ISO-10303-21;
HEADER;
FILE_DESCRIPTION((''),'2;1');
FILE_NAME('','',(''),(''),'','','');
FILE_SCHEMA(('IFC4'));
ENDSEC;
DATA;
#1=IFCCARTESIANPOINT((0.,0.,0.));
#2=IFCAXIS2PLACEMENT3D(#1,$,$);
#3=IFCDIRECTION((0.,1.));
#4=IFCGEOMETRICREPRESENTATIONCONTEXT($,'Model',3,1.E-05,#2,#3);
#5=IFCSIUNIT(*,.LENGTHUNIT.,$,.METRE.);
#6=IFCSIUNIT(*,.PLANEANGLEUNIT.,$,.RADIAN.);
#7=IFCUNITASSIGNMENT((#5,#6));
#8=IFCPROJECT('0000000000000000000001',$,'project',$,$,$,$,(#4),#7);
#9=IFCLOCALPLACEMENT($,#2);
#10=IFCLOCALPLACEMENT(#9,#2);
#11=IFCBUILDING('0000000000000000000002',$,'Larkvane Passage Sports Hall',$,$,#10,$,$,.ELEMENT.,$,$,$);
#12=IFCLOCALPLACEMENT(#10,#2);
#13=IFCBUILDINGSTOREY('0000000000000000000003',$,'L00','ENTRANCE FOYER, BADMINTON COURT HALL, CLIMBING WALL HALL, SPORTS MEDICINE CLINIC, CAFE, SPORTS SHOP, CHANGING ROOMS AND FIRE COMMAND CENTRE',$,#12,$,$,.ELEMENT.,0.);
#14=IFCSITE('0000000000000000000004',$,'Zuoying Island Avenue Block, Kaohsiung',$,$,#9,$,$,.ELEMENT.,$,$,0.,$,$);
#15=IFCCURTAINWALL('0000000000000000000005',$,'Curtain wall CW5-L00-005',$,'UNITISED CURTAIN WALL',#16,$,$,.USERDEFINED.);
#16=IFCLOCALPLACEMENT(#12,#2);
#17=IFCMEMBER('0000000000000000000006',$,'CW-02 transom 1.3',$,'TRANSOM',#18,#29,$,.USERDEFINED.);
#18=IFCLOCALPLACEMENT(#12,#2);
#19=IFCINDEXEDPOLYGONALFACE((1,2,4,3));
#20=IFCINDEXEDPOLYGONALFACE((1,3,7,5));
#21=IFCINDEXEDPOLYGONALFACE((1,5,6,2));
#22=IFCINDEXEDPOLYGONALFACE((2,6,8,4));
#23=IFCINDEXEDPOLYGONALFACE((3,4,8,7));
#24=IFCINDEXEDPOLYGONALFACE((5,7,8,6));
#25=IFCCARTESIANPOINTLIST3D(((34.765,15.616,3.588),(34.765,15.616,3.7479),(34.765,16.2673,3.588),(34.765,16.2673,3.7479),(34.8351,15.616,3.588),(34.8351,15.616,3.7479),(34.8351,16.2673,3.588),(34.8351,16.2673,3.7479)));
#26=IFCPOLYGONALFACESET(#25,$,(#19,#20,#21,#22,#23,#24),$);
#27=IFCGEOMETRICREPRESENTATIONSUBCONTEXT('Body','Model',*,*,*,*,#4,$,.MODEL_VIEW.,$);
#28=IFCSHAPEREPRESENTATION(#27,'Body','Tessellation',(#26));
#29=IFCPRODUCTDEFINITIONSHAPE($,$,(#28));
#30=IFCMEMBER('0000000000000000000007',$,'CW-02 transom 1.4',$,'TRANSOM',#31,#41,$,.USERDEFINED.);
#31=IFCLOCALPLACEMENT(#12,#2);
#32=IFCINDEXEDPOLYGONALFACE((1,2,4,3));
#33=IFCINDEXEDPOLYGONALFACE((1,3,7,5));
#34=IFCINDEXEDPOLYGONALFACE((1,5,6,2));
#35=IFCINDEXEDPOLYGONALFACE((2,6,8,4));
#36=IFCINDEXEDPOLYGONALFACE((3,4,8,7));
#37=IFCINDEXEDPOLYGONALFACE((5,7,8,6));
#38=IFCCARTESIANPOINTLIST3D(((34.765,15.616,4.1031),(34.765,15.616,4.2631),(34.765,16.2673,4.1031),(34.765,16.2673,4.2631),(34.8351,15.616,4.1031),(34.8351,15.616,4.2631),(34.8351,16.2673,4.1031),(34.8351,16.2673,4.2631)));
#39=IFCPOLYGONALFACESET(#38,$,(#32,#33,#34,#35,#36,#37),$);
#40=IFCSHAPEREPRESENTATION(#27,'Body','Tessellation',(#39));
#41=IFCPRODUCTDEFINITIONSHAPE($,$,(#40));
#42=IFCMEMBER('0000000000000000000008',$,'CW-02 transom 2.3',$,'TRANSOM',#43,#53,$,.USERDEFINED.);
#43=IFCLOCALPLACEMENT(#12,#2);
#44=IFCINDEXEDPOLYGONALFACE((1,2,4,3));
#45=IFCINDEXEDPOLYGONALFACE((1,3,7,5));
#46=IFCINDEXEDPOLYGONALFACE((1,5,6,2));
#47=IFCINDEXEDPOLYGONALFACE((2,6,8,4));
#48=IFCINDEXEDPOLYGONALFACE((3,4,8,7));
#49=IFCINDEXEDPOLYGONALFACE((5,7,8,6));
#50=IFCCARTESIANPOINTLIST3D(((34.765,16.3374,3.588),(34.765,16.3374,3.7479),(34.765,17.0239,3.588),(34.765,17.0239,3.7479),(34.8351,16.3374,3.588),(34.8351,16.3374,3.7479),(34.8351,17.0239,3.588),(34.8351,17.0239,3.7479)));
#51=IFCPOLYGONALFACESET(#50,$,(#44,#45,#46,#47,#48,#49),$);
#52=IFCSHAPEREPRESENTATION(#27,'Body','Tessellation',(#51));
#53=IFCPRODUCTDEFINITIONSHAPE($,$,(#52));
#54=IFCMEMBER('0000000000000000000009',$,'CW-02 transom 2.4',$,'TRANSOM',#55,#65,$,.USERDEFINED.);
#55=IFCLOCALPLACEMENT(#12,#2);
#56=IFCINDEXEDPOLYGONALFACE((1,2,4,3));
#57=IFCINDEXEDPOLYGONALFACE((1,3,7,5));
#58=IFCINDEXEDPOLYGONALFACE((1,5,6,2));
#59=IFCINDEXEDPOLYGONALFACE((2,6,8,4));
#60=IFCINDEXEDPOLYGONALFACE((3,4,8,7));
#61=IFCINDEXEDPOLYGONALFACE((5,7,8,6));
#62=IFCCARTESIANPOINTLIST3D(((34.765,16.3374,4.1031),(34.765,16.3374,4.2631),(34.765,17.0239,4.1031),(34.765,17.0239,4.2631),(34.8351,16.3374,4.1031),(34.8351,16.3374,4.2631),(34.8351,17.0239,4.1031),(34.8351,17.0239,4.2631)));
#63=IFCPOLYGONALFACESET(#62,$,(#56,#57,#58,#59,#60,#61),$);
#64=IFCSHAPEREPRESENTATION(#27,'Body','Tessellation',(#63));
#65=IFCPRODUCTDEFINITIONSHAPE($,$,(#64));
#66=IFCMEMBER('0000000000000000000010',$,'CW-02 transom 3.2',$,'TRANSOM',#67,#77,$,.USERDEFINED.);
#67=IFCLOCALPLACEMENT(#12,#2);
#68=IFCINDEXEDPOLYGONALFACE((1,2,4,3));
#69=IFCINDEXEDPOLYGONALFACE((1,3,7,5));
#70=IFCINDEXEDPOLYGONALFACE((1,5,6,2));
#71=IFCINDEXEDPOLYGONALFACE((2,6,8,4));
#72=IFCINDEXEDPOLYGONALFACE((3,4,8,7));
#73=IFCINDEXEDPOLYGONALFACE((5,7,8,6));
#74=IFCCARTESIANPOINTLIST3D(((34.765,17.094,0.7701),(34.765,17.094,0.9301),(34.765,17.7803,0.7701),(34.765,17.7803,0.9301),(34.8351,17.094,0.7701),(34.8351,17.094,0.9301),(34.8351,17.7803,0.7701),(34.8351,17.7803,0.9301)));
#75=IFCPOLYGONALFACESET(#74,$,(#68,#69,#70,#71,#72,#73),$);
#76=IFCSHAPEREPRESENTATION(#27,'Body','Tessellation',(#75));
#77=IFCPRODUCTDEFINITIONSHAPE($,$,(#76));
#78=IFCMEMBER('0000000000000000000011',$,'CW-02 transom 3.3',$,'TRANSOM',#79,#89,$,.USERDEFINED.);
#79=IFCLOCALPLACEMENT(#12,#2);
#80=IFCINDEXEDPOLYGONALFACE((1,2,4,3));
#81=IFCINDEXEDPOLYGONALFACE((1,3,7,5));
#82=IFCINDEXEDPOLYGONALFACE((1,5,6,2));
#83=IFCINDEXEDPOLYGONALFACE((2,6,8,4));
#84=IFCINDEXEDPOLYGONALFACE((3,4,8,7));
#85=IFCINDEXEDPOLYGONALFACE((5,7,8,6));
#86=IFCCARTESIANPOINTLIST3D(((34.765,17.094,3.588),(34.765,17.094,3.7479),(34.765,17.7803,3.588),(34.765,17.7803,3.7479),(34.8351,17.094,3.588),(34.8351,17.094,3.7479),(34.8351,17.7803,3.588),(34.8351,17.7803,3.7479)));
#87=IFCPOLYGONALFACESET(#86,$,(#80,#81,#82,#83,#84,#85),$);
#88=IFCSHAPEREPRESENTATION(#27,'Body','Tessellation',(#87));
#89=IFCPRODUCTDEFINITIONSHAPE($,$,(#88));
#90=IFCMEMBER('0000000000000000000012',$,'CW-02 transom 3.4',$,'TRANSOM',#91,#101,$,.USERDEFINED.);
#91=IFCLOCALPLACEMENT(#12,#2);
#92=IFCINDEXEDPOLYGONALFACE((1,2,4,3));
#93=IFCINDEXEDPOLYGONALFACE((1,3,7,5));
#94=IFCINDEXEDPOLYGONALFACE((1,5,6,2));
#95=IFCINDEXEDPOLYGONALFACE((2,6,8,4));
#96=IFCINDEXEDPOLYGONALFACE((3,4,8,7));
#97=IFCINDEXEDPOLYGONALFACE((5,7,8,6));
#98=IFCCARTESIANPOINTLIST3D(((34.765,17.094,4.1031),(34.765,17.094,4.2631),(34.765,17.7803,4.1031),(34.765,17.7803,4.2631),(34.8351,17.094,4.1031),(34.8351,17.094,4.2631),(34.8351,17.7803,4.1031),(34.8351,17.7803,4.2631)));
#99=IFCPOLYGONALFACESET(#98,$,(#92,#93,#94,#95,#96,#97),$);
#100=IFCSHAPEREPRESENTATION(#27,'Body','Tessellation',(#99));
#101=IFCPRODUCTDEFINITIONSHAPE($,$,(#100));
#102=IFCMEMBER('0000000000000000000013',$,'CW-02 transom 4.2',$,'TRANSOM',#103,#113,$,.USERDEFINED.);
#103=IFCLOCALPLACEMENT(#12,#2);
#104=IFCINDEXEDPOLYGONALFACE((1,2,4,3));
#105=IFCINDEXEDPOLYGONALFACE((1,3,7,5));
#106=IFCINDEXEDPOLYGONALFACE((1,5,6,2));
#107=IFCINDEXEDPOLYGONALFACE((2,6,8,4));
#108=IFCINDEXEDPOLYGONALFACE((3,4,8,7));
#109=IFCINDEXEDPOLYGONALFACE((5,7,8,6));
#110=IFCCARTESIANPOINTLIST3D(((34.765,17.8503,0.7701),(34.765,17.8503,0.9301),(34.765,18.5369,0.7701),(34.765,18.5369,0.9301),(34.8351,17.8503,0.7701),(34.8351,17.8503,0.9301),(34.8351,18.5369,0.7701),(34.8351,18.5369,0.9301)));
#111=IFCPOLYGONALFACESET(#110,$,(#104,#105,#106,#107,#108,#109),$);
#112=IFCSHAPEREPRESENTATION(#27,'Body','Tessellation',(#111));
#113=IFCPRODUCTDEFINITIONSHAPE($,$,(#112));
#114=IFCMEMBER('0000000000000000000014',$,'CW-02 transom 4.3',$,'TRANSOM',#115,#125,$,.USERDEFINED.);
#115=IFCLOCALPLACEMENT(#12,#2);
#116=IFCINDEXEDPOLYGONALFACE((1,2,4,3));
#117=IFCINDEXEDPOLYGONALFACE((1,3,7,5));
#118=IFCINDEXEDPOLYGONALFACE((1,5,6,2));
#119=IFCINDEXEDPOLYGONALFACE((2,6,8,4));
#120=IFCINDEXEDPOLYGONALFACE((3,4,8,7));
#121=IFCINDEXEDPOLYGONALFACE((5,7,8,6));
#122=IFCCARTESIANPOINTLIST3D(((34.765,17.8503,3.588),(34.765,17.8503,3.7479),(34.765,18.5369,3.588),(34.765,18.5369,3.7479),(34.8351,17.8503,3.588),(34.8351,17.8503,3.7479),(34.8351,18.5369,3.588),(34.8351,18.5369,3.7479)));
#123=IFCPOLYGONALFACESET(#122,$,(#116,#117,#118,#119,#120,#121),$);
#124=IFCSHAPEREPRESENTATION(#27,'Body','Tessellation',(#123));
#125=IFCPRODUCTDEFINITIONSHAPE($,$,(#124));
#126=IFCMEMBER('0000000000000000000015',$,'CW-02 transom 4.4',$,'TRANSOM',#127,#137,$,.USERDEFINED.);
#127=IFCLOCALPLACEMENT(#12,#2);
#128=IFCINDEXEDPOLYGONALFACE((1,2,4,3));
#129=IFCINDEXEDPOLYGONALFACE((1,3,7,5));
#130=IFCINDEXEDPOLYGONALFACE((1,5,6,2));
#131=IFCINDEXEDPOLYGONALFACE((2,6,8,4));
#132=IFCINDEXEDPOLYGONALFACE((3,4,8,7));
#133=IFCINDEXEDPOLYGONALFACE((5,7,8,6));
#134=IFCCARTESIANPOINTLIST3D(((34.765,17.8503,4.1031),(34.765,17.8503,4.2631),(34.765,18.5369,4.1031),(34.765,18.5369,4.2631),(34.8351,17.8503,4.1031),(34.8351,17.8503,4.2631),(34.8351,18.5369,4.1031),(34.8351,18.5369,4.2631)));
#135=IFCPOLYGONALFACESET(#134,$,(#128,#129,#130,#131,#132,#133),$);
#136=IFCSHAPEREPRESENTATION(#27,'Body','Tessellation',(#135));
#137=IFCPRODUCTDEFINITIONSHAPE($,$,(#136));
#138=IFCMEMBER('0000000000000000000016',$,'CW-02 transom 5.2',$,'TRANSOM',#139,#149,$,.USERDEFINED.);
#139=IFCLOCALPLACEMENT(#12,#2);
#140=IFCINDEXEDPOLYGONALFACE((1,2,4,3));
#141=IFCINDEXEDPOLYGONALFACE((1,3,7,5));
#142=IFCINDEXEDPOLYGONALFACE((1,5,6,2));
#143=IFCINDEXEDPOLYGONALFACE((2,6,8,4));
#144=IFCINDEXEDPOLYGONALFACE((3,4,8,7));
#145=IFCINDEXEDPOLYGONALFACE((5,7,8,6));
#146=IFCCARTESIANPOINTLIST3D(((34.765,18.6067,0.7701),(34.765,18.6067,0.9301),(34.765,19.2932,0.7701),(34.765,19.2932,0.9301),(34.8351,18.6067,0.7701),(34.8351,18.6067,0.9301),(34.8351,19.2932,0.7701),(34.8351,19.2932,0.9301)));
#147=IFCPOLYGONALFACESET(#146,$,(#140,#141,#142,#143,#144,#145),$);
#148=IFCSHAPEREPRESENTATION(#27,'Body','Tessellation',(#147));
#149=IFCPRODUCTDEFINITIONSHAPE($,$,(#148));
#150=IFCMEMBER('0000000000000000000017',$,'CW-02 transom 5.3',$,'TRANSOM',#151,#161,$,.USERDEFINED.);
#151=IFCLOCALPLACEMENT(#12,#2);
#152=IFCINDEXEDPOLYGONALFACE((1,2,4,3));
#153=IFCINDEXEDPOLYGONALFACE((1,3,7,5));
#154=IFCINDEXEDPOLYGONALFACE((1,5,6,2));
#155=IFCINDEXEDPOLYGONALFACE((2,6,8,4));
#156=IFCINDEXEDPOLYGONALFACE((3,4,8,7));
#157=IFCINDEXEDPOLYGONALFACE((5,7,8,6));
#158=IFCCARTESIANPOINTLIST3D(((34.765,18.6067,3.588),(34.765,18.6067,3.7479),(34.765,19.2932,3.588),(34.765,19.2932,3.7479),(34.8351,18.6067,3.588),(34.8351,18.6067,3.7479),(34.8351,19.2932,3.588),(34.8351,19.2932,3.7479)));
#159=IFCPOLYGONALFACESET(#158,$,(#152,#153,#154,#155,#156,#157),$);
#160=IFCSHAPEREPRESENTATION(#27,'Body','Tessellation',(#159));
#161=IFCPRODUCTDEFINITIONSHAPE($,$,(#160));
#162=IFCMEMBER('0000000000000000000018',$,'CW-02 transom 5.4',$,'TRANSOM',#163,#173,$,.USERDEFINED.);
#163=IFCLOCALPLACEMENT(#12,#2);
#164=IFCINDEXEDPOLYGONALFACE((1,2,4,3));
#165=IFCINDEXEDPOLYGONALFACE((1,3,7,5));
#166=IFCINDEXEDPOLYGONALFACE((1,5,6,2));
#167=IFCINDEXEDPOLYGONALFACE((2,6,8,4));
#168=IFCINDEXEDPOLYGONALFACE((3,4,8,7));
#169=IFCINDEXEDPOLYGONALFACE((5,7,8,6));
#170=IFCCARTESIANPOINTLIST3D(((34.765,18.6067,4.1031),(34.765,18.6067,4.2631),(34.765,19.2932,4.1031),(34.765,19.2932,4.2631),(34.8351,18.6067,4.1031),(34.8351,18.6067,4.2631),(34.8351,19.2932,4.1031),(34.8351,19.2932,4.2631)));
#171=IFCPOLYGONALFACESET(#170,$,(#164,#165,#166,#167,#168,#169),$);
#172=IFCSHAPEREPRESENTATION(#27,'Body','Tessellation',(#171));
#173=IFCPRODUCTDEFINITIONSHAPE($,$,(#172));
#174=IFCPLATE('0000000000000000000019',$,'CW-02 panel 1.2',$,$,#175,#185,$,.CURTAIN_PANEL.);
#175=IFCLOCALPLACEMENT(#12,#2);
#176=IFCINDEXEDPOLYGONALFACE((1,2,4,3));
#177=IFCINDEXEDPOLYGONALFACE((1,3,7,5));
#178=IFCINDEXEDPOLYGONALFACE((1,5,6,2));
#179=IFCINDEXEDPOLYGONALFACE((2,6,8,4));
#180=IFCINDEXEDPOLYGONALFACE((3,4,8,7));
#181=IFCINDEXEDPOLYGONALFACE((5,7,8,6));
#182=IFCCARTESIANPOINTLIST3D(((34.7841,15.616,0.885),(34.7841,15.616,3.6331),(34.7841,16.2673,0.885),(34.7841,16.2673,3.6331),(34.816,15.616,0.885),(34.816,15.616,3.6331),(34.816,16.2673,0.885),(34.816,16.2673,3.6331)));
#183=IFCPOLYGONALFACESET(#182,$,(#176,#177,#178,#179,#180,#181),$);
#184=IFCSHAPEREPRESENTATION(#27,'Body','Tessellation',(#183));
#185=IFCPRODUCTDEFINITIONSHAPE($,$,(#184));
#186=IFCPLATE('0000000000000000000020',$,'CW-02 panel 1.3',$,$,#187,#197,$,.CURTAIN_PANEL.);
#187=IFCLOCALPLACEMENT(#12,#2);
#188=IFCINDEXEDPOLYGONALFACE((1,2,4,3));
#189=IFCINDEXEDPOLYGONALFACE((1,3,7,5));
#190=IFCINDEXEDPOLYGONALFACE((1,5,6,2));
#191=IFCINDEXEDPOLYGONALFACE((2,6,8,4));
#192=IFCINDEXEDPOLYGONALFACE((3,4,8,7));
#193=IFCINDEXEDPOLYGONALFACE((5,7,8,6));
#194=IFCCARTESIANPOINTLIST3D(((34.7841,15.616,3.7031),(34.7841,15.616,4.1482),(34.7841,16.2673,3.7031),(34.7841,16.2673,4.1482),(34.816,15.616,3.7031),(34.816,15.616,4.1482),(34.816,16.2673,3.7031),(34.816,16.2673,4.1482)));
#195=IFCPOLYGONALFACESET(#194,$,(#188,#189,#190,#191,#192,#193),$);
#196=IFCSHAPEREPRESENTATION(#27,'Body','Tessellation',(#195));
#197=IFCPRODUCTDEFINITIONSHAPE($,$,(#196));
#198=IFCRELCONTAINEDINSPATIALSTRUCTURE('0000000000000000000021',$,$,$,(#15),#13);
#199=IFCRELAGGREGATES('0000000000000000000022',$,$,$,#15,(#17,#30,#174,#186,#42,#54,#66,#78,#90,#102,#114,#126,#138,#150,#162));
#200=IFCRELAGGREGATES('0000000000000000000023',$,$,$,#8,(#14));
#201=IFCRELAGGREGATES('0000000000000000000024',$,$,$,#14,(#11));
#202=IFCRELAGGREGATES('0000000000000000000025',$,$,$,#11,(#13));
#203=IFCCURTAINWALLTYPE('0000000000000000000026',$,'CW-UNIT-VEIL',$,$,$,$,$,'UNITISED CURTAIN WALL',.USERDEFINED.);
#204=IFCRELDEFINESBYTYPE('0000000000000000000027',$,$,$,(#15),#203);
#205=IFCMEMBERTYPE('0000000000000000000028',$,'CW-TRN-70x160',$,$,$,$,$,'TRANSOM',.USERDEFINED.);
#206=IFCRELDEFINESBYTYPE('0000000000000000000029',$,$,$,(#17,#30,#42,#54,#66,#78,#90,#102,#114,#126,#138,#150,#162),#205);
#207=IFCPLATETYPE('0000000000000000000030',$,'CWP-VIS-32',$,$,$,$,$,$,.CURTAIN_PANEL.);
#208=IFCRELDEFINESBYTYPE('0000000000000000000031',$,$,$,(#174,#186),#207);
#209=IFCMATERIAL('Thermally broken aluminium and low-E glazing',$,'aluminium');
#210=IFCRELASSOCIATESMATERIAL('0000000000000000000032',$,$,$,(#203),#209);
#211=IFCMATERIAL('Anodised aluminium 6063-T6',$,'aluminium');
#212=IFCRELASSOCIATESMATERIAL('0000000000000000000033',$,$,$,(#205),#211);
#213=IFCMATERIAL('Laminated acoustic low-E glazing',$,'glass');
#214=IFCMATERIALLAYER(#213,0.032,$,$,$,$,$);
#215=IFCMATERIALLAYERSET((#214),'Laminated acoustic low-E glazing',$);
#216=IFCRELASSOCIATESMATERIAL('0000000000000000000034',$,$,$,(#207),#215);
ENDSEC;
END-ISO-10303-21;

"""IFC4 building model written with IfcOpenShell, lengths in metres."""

from ifc_helpers import new_model, si_unit, direction, frame, origin, origin_2d, place, context, subcontext, project, spatial, rectangle, extrude, material, layer, layer_set, material_profile, profile_set, type_object, element, aggregate, save


model = new_model("IFC4")

# Units and contexts
model_context = context("Model", 3, precision=1e-05, world=origin(), true_north=direction((0.0, 1.0)))
body_context = subcontext(model_context, "Body", "Model", "MODEL_VIEW")
ifc_project = project(units=[si_unit("LENGTHUNIT", "METRE"), si_unit("PLANEANGLEUNIT", "RADIAN")], contexts=[model_context])

# Site, building, storey
site_placement = place(None, origin())
site = spatial("IfcSite", under=ifc_project, at=site_placement, Name="Zuoying Island Avenue Block, Kaohsiung", CompositionType="ELEMENT", RefElevation=0.0)
building_placement = place(site_placement, origin())
building = spatial("IfcBuilding", under=site, at=building_placement, Name="Larkvane Passage Sports Hall", CompositionType="ELEMENT")
storey_placement = place(building_placement, origin())
storey = spatial("IfcBuildingStorey", under=building, at=storey_placement, Name="L00", Description="ENTRANCE FOYER, BADMINTON COURT HALL, CLIMBING WALL HALL, SPORTS MEDICINE CLINIC, CAFE, SPORTS SHOP, CHANGING ROOMS AND FIRE COMMAND CENTRE", CompositionType="ELEMENT", Elevation=0.0)

# Curtain wall, members, plates
ifc_material_1 = material(Name="Thermally broken aluminium and low-E glazing", Category="aluminium")
curtain_wall_type = type_object("IfcCurtainWallType", Name="CW-UNIT-VEIL", ElementType="UNITISED CURTAIN WALL", PredefinedType="USERDEFINED", material=ifc_material_1)
curtain_wall_placement = place(storey_placement, origin())
curtain_wall = element("IfcCurtainWall", 1, at=curtain_wall_placement, inside=storey, type_object=curtain_wall_type, Name="Curtain wall CW5-L00-005", ObjectType="UNITISED CURTAIN WALL", PredefinedType="USERDEFINED")
ifc_material_2 = material(Name="Anodised aluminium 6063-T6", Category="aluminium")
ifc_material_profile = material_profile(ifc_material_2, rectangle(XDim=0.0701, YDim=0.1599, at=origin_2d()), Name="ALU-TRN-70x160")
ifc_profile_set = profile_set([ifc_material_profile], Name="Anodised aluminium 6063-T6")
member_type = type_object("IfcMemberType", Name="CW-TRN-70x160", ElementType="TRANSOM", PredefinedType="USERDEFINED", material=ifc_profile_set)
member_1_placement = place(storey_placement, frame((34.8, 15.616, 3.668), z_axis=(0.0, 1.0, 0.0), x_axis=(-1.0, 0.0, 0.0)))
member_1 = element("IfcMember", 2, at=member_1_placement, type_object=member_type, Name="CW-02 transom 1.3", ObjectType="TRANSOM", PredefinedType="USERDEFINED", context=body_context, shape_type="SweptSolid", body=[
    extrude(rectangle(XDim=0.0701, YDim=0.1599, at=origin_2d()), origin(), (0.0, 0.0, 1.0), 0.6514),
])
member_2_placement = place(storey_placement, frame((34.8, 15.616, 4.1831), z_axis=(0.0, 1.0, 0.0), x_axis=(-1.0, 0.0, 0.0)))
member_2 = element("IfcMember", 3, at=member_2_placement, type_object=member_type, Name="CW-02 transom 1.4", ObjectType="TRANSOM", PredefinedType="USERDEFINED", context=body_context, shape_type="SweptSolid", body=[
    extrude(rectangle(XDim=0.0701, YDim=0.1599, at=origin_2d()), origin(), (0.0, 0.0, 1.0), 0.6514),
])
member_3_placement = place(storey_placement, frame((34.8, 16.3374, 3.668), z_axis=(0.0, 1.0, 0.0), x_axis=(-1.0, 0.0, 0.0)))
member_3 = element("IfcMember", 4, at=member_3_placement, type_object=member_type, Name="CW-02 transom 2.3", ObjectType="TRANSOM", PredefinedType="USERDEFINED", context=body_context, shape_type="SweptSolid", body=[
    extrude(rectangle(XDim=0.0701, YDim=0.1599, at=origin_2d()), origin(), (0.0, 0.0, 1.0), 0.6865),
])
member_4_placement = place(storey_placement, frame((34.8, 16.3374, 4.1831), z_axis=(0.0, 1.0, 0.0), x_axis=(-1.0, 0.0, 0.0)))
member_4 = element("IfcMember", 5, at=member_4_placement, type_object=member_type, Name="CW-02 transom 2.4", ObjectType="TRANSOM", PredefinedType="USERDEFINED", context=body_context, shape_type="SweptSolid", body=[
    extrude(rectangle(XDim=0.0701, YDim=0.1599, at=origin_2d()), origin(), (0.0, 0.0, 1.0), 0.6865),
])
member_5_placement = place(storey_placement, frame((34.8, 17.094, 0.8501), z_axis=(0.0, 1.0, 0.0), x_axis=(-1.0, 0.0, 0.0)))
member_5 = element("IfcMember", 6, at=member_5_placement, type_object=member_type, Name="CW-02 transom 3.2", ObjectType="TRANSOM", PredefinedType="USERDEFINED", context=body_context, shape_type="SweptSolid", body=[
    extrude(rectangle(XDim=0.0701, YDim=0.1599, at=origin_2d()), origin(), (0.0, 0.0, 1.0), 0.6863),
])
member_6_placement = place(storey_placement, frame((34.8, 17.094, 3.668), z_axis=(0.0, 1.0, 0.0), x_axis=(-1.0, 0.0, 0.0)))
member_6 = element("IfcMember", 7, at=member_6_placement, type_object=member_type, Name="CW-02 transom 3.3", ObjectType="TRANSOM", PredefinedType="USERDEFINED", context=body_context, shape_type="SweptSolid", body=[
    extrude(rectangle(XDim=0.0701, YDim=0.1599, at=origin_2d()), origin(), (0.0, 0.0, 1.0), 0.6863),
])
member_7_placement = place(storey_placement, frame((34.8, 17.094, 4.1831), z_axis=(0.0, 1.0, 0.0), x_axis=(-1.0, 0.0, 0.0)))
member_7 = element("IfcMember", 8, at=member_7_placement, type_object=member_type, Name="CW-02 transom 3.4", ObjectType="TRANSOM", PredefinedType="USERDEFINED", context=body_context, shape_type="SweptSolid", body=[
    extrude(rectangle(XDim=0.0701, YDim=0.1599, at=origin_2d()), origin(), (0.0, 0.0, 1.0), 0.6863),
])
member_8_placement = place(storey_placement, frame((34.8, 17.8503, 0.8501), z_axis=(0.0, 1.0, 0.0), x_axis=(-1.0, 0.0, 0.0)))
member_8 = element("IfcMember", 9, at=member_8_placement, type_object=member_type, Name="CW-02 transom 4.2", ObjectType="TRANSOM", PredefinedType="USERDEFINED", context=body_context, shape_type="SweptSolid", body=[
    extrude(rectangle(XDim=0.0701, YDim=0.1599, at=origin_2d()), origin(), (0.0, 0.0, 1.0), 0.6865),
])
member_9_placement = place(storey_placement, frame((34.8, 17.8503, 3.668), z_axis=(0.0, 1.0, 0.0), x_axis=(-1.0, 0.0, 0.0)))
member_9 = element("IfcMember", 10, at=member_9_placement, type_object=member_type, Name="CW-02 transom 4.3", ObjectType="TRANSOM", PredefinedType="USERDEFINED", context=body_context, shape_type="SweptSolid", body=[
    extrude(rectangle(XDim=0.0701, YDim=0.1599, at=origin_2d()), origin(), (0.0, 0.0, 1.0), 0.6865),
])
member_10_placement = place(storey_placement, frame((34.8, 17.8503, 4.1831), z_axis=(0.0, 1.0, 0.0), x_axis=(-1.0, 0.0, 0.0)))
member_10 = element("IfcMember", 11, at=member_10_placement, type_object=member_type, Name="CW-02 transom 4.4", ObjectType="TRANSOM", PredefinedType="USERDEFINED", context=body_context, shape_type="SweptSolid", body=[
    extrude(rectangle(XDim=0.0701, YDim=0.1599, at=origin_2d()), origin(), (0.0, 0.0, 1.0), 0.6865),
])
member_11_placement = place(storey_placement, frame((34.8, 18.6067, 0.8501), z_axis=(0.0, 1.0, 0.0), x_axis=(-1.0, 0.0, 0.0)))
member_11 = element("IfcMember", 12, at=member_11_placement, type_object=member_type, Name="CW-02 transom 5.2", ObjectType="TRANSOM", PredefinedType="USERDEFINED", context=body_context, shape_type="SweptSolid", body=[
    extrude(rectangle(XDim=0.0701, YDim=0.1599, at=origin_2d()), origin(), (0.0, 0.0, 1.0), 0.6865),
])
member_12_placement = place(storey_placement, frame((34.8, 18.6067, 3.668), z_axis=(0.0, 1.0, 0.0), x_axis=(-1.0, 0.0, 0.0)))
member_12 = element("IfcMember", 13, at=member_12_placement, type_object=member_type, Name="CW-02 transom 5.3", ObjectType="TRANSOM", PredefinedType="USERDEFINED", context=body_context, shape_type="SweptSolid", body=[
    extrude(rectangle(XDim=0.0701, YDim=0.1599, at=origin_2d()), origin(), (0.0, 0.0, 1.0), 0.6865),
])
member_13_placement = place(storey_placement, frame((34.8, 18.6067, 4.1831), z_axis=(0.0, 1.0, 0.0), x_axis=(-1.0, 0.0, 0.0)))
member_13 = element("IfcMember", 14, at=member_13_placement, type_object=member_type, Name="CW-02 transom 5.4", ObjectType="TRANSOM", PredefinedType="USERDEFINED", context=body_context, shape_type="SweptSolid", body=[
    extrude(rectangle(XDim=0.0701, YDim=0.1599, at=origin_2d()), origin(), (0.0, 0.0, 1.0), 0.6865),
])
ifc_material_3 = material(Name="Laminated acoustic low-E glazing", Category="glass")
ifc_layer = layer(ifc_material_3, 0.032)
ifc_layer_set = layer_set([ifc_layer], Name="Laminated acoustic low-E glazing")
plate_type = type_object("IfcPlateType", Name="CWP-VIS-32", PredefinedType="CURTAIN_PANEL", material=ifc_layer_set)
plate_1_placement = place(storey_placement, frame((34.8, 15.9417, 0.885), z_axis=(0.0, 0.0, 1.0), x_axis=(0.0, 1.0, 0.0)))
plate_1 = element("IfcPlate", 15, at=plate_1_placement, type_object=plate_type, Name="CW-02 panel 1.2", PredefinedType="CURTAIN_PANEL", context=body_context, shape_type="SweptSolid", body=[
    extrude(rectangle(XDim=0.6514, YDim=0.032, at=origin_2d()), origin(), (0.0, 0.0, 1.0), 2.748),
])
plate_2_placement = place(storey_placement, frame((34.8, 15.9417, 3.7031), z_axis=(0.0, 0.0, 1.0), x_axis=(0.0, 1.0, 0.0)))
plate_2 = element("IfcPlate", 16, at=plate_2_placement, type_object=plate_type, Name="CW-02 panel 1.3", PredefinedType="CURTAIN_PANEL", context=body_context, shape_type="SweptSolid", body=[
    extrude(rectangle(XDim=0.6514, YDim=0.032, at=origin_2d()), origin(), (0.0, 0.0, 1.0), 0.4451),
])
aggregate(curtain_wall, [member_1, member_2, plate_1, plate_2, member_3, member_4, member_5, member_6, member_7, member_8, member_9, member_10, member_11, member_12, member_13])

save(model, "model.ifc")
